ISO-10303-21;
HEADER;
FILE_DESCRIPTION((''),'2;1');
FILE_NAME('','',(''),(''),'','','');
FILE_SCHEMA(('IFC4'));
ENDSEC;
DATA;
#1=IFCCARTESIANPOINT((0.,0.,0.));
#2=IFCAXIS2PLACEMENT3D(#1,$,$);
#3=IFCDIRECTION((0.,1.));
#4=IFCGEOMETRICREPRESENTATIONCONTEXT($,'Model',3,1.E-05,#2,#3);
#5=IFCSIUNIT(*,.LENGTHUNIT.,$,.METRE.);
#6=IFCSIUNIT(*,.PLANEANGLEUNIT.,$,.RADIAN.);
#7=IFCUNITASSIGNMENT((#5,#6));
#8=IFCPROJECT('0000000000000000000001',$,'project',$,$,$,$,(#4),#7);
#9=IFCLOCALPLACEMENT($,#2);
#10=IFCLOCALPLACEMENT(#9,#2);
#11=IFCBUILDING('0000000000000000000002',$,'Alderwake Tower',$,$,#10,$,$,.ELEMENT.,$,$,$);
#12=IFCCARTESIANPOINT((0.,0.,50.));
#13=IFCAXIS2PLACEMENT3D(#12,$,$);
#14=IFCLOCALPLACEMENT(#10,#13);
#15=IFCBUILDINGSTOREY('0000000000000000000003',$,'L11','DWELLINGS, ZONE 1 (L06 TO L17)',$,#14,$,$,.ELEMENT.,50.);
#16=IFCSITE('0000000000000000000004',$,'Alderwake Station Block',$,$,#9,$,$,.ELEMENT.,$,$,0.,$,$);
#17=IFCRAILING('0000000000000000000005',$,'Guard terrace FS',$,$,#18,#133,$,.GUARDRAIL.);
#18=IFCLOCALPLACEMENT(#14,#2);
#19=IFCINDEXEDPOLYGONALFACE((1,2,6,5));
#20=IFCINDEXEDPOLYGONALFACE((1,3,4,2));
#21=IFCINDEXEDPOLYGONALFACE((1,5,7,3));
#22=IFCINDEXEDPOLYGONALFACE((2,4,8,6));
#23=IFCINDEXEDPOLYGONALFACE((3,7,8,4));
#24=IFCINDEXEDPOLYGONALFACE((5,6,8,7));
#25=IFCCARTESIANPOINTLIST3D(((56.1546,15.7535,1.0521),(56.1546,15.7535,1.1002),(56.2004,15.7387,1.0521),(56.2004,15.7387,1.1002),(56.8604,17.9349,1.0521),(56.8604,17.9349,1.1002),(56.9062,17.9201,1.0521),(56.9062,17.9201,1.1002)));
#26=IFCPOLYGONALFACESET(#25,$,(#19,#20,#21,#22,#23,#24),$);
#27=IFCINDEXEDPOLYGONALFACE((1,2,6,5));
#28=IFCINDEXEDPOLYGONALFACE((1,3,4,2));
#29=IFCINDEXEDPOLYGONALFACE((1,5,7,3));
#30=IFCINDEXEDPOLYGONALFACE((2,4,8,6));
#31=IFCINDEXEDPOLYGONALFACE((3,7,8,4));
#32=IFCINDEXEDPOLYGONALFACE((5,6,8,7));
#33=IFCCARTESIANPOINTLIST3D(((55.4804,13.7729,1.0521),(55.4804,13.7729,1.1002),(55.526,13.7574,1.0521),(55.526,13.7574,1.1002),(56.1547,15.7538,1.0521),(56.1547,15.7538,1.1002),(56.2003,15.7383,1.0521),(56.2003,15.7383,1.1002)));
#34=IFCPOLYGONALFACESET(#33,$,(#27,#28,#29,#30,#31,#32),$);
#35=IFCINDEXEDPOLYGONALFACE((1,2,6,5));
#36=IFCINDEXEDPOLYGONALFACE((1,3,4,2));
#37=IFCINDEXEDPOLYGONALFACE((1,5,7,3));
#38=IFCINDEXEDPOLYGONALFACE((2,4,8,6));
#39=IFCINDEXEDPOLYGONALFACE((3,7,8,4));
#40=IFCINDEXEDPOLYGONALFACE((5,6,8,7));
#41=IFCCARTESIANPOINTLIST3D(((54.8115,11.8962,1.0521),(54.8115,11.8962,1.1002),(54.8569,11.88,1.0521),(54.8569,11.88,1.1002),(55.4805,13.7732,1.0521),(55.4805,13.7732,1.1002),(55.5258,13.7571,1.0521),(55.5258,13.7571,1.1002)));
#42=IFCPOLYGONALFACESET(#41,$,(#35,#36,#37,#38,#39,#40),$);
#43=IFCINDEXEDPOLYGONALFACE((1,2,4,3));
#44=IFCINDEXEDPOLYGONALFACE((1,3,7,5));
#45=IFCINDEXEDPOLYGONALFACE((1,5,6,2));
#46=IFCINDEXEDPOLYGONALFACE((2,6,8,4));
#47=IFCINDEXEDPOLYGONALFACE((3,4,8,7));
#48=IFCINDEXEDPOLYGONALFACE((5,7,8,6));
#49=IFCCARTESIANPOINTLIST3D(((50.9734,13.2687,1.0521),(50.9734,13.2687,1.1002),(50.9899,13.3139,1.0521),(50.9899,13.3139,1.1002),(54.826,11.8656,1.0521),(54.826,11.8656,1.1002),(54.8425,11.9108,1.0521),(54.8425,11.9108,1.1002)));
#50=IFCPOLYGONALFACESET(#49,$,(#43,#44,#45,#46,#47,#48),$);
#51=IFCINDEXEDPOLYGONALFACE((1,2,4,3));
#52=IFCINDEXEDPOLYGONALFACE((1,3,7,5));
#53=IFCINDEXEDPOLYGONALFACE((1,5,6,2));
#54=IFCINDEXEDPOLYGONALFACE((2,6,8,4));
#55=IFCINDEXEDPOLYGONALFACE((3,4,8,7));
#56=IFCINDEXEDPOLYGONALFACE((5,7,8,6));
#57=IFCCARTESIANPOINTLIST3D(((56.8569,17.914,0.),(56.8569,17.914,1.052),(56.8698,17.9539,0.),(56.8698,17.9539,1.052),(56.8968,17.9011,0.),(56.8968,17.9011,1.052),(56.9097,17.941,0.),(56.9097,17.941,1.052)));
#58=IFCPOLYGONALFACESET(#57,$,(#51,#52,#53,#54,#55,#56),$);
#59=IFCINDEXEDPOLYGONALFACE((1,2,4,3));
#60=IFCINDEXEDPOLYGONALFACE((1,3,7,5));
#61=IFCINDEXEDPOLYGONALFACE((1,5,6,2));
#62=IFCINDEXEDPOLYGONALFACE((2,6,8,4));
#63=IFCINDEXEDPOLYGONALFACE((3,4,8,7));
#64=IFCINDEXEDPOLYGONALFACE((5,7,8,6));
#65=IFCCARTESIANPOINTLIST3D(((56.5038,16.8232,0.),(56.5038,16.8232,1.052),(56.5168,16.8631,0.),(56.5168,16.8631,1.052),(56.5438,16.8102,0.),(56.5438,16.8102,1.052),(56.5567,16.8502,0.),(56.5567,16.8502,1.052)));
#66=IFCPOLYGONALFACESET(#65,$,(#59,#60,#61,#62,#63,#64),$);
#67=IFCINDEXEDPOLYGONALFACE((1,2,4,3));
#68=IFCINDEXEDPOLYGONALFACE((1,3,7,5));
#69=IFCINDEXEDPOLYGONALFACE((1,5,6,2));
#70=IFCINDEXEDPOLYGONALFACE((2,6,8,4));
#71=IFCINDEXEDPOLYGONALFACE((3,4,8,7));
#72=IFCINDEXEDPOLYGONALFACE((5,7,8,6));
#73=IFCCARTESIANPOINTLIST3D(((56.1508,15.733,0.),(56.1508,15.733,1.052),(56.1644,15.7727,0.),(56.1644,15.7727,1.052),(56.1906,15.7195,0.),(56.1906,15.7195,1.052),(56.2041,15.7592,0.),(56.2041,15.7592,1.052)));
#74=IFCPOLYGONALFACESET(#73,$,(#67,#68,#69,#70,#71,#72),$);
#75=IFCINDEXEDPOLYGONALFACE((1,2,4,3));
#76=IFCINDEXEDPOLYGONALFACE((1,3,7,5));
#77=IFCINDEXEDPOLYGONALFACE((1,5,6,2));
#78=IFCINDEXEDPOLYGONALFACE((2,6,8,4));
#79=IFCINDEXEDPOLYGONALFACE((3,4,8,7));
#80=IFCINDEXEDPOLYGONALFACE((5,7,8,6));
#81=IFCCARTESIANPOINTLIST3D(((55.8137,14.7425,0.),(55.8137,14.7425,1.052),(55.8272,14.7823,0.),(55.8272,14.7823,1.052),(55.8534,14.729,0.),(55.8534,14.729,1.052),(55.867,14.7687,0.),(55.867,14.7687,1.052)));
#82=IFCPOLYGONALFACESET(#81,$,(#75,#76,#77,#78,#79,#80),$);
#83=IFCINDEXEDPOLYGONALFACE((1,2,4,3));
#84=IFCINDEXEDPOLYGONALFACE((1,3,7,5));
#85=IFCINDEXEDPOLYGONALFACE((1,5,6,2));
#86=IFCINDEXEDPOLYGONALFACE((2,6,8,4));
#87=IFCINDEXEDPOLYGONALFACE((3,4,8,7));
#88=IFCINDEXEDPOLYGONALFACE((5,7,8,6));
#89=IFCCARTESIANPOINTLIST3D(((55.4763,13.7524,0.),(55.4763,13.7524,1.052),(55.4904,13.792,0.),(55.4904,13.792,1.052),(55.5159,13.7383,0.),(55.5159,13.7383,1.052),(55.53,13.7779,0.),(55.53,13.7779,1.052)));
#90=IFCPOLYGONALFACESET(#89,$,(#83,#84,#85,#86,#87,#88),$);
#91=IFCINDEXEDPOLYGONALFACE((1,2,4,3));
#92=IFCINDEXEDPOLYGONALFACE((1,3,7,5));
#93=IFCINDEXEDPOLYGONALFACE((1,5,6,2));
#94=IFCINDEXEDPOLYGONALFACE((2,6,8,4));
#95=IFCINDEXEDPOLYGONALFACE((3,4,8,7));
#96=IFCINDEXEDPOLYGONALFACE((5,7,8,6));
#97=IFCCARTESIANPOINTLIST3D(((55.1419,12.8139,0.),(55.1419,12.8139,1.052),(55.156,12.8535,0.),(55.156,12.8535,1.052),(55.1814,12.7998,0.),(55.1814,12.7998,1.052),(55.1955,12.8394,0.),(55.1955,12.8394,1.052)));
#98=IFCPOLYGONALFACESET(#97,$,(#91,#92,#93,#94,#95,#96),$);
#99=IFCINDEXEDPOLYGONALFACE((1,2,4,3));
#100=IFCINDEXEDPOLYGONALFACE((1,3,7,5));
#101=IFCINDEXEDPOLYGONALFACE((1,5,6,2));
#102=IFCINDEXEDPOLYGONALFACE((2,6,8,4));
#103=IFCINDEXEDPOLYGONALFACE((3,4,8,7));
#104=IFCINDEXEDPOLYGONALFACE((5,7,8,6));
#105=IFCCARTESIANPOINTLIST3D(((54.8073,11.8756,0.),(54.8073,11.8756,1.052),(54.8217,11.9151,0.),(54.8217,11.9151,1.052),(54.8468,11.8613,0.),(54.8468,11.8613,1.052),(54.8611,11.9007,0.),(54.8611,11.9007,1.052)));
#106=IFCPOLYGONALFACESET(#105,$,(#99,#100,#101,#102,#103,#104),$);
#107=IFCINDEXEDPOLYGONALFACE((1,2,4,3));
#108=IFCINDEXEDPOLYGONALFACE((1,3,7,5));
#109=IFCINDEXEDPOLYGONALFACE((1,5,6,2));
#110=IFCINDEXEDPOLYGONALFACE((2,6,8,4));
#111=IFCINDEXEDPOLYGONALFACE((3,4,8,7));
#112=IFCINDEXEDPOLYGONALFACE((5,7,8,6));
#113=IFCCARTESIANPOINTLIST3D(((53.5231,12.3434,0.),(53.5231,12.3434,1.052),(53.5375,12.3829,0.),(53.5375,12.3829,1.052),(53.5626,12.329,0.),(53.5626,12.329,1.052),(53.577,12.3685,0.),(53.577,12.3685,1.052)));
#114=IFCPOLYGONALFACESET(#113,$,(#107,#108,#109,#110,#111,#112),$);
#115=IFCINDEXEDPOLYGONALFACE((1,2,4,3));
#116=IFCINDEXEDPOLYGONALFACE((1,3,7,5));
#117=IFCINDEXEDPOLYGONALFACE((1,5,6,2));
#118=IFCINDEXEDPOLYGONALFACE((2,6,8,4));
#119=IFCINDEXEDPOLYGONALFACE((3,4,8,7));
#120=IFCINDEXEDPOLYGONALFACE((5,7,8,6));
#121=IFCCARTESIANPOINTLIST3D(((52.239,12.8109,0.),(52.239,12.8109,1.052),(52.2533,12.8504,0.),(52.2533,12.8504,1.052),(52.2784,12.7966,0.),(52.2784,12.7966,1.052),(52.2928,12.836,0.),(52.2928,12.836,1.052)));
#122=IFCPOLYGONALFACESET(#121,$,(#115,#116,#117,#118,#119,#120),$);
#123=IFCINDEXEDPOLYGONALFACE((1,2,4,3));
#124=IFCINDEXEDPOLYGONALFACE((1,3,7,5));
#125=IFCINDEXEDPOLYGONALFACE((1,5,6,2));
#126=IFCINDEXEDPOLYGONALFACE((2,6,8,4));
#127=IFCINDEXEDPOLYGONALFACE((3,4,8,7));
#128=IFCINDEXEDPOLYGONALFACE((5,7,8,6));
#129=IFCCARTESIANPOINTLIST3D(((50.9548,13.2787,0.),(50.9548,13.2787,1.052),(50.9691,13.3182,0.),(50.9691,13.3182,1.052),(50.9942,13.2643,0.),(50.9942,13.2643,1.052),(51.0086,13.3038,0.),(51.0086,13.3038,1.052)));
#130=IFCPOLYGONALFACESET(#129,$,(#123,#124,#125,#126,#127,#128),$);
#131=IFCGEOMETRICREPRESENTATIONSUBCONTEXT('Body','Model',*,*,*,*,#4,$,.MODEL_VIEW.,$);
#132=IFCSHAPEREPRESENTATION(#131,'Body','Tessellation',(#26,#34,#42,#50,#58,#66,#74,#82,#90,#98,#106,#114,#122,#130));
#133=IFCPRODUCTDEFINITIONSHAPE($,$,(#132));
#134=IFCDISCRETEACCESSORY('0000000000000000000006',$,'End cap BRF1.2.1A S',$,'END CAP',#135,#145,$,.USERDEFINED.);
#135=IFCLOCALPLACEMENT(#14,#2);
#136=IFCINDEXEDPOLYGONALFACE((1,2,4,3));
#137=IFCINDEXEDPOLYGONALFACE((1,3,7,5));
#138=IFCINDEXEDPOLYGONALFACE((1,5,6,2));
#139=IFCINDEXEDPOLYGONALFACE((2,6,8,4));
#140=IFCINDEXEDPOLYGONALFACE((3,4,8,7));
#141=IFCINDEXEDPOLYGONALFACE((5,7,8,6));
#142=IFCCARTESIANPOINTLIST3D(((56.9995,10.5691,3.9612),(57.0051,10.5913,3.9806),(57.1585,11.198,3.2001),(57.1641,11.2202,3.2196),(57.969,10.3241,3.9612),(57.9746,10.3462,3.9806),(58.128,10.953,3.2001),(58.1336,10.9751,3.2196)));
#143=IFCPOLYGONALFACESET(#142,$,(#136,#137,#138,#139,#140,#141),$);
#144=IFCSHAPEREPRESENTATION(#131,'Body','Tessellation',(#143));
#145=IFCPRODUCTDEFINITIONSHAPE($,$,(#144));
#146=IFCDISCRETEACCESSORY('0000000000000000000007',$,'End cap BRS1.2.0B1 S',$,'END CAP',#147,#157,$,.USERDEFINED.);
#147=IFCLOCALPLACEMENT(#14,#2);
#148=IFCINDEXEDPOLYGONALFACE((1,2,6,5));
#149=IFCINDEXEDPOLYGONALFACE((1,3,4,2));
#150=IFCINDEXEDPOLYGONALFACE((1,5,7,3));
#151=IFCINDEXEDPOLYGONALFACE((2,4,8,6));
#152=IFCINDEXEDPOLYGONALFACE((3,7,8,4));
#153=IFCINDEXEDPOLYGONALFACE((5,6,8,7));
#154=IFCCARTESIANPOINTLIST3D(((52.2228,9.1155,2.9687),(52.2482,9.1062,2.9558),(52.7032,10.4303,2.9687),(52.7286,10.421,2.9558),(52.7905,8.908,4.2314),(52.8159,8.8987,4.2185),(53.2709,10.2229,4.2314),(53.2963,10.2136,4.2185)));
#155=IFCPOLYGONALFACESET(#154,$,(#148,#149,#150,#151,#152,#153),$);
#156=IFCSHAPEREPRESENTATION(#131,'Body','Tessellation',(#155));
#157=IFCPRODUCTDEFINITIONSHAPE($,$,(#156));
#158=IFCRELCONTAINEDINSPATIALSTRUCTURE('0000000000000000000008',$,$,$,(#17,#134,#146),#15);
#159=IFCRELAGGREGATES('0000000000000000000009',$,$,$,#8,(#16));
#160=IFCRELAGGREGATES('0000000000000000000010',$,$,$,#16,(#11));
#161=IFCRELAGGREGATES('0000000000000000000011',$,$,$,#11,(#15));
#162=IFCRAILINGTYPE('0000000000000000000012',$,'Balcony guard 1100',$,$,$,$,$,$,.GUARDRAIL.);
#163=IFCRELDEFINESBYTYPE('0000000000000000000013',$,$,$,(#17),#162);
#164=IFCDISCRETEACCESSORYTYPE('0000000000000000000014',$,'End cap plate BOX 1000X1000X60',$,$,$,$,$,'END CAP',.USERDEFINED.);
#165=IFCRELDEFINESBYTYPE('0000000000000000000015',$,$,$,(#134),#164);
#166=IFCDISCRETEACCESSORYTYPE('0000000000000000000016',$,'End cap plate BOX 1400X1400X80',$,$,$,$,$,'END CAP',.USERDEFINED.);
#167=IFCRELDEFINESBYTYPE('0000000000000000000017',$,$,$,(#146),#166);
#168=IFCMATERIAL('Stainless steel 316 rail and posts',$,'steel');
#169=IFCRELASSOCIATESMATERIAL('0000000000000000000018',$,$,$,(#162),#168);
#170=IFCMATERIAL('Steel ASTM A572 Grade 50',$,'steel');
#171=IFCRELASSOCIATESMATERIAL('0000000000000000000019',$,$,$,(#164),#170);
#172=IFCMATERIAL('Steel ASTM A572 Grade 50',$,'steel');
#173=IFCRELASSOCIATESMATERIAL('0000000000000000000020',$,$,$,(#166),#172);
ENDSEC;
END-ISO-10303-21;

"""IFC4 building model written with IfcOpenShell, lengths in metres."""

from ifc_helpers import new_model, si_unit, direction, frame, origin, origin_2d, place, context, subcontext, project, spatial, rectangle, extrude, material, material_profile, profile_set, type_object, element, save


model = new_model("IFC4")

# Units and contexts
model_context = context("Model", 3, precision=1e-05, world=origin(), true_north=direction((0.0, 1.0)))
body_context = subcontext(model_context, "Body", "Model", "MODEL_VIEW")
ifc_project = project(units=[si_unit("LENGTHUNIT", "METRE"), si_unit("PLANEANGLEUNIT", "RADIAN")], contexts=[model_context])

# Site, building, storey
site_placement = place(None, origin())
site = spatial("IfcSite", under=ifc_project, at=site_placement, Name="Alderwake Station Block", CompositionType="ELEMENT", RefElevation=0.0)
building_placement = place(site_placement, origin())
building = spatial("IfcBuilding", under=site, at=building_placement, Name="Alderwake Tower", CompositionType="ELEMENT")
storey_placement = place(building_placement, frame((0.0, 0.0, 50.0)))
storey = spatial("IfcBuildingStorey", under=building, at=storey_placement, Name="L11", Description="DWELLINGS, ZONE 1 (L06 TO L17)", CompositionType="ELEMENT", Elevation=50.0)

# Railing
ifc_material_1 = material(Name="Stainless steel 316 rail and posts", Category="steel")
railing_type = type_object("IfcRailingType", Name="Balcony guard 1100", PredefinedType="GUARDRAIL", material=ifc_material_1)
railing_placement = place(storey_placement, frame((56.8833, 17.9275, 0.0)))
element("IfcRailing", 1, at=railing_placement, inside=storey, type_object=railing_type, Name="Guard terrace FS", PredefinedType="GUARDRAIL", context=body_context, shape_type="SweptSolid", body=[
    extrude(rectangle(XDim=0.0481, YDim=0.0481, at=origin_2d()), frame((0.0, 0.0, 1.0762), z_axis=(-0.307846, -0.951436, 0.0), x_axis=(0.951436, -0.307846, 0.0)), (0.0, 0.0, 1.0), 2.2927),
    extrude(rectangle(XDim=0.0481, YDim=0.0481, at=origin_2d()), frame((-0.7058, -2.1814, 1.0762), z_axis=(-0.322242, -0.946657, 0.0), x_axis=(0.946657, -0.322242, 0.0)), (0.0, 0.0, 1.0), 2.0925),
    extrude(rectangle(XDim=0.0481, YDim=0.0481, at=origin_2d()), frame((-1.3801, -4.1624, 1.0762), z_axis=(-0.335715, -0.941963, 0.0), x_axis=(0.941963, -0.335715, 0.0)), (0.0, 0.0, 1.0), 1.9927),
    extrude(rectangle(XDim=0.0481, YDim=0.0481, at=origin_2d()), frame((-2.0491, -6.0393, 1.0762), z_axis=(-0.939625, 0.342207, 0.0), x_axis=(-0.342207, -0.939625, 0.0)), (0.0, 0.0, 1.0), 4.1001),
    extrude(rectangle(XDim=0.042, YDim=0.042, at=origin_2d()), frame((0.0, 0.0, 0.0), z_axis=(0.0, 0.0, 1.0), x_axis=(-0.307846, -0.951436, 0.0)), (0.0, 0.0, 1.0), 1.052),
    extrude(rectangle(XDim=0.042, YDim=0.042, at=origin_2d()), frame((-0.353, -1.0908, 0.0), z_axis=(0.0, 0.0, 1.0), x_axis=(-0.307846, -0.951436, 0.0)), (0.0, 0.0, 1.0), 1.052),
    extrude(rectangle(XDim=0.042, YDim=0.042, at=origin_2d()), frame((-0.7058, -2.1814, 0.0), z_axis=(0.0, 0.0, 1.0), x_axis=(-0.322242, -0.946657, 0.0)), (0.0, 0.0, 1.0), 1.052),
    extrude(rectangle(XDim=0.042, YDim=0.042, at=origin_2d()), frame((-1.043, -3.1719, 0.0), z_axis=(0.0, 0.0, 1.0), x_axis=(-0.322242, -0.946657, 0.0)), (0.0, 0.0, 1.0), 1.052),
    extrude(rectangle(XDim=0.042, YDim=0.042, at=origin_2d()), frame((-1.3801, -4.1624, 0.0), z_axis=(0.0, 0.0, 1.0), x_axis=(-0.335715, -0.941963, 0.0)), (0.0, 0.0, 1.0), 1.052),
    extrude(rectangle(XDim=0.042, YDim=0.042, at=origin_2d()), frame((-1.7146, -5.1008, 0.0), z_axis=(0.0, 0.0, 1.0), x_axis=(-0.335715, -0.941963, 0.0)), (0.0, 0.0, 1.0), 1.052),
    extrude(rectangle(XDim=0.042, YDim=0.042, at=origin_2d()), frame((-2.0491, -6.0393, 0.0), z_axis=(0.0, 0.0, 1.0), x_axis=(-0.939625, 0.342207, 0.0)), (0.0, 0.0, 1.0), 1.052),
    extrude(rectangle(XDim=0.042, YDim=0.042, at=origin_2d()), frame((-3.3333, -5.5715, 0.0), z_axis=(0.0, 0.0, 1.0), x_axis=(-0.939625, 0.342207, 0.0)), (0.0, 0.0, 1.0), 1.052),
    extrude(rectangle(XDim=0.042, YDim=0.042, at=origin_2d()), frame((-4.6174, -5.104, 0.0), z_axis=(0.0, 0.0, 1.0), x_axis=(-0.939625, 0.342207, 0.0)), (0.0, 0.0, 1.0), 1.052),
    extrude(rectangle(XDim=0.042, YDim=0.042, at=origin_2d()), frame((-5.9016, -4.6362, 0.0), z_axis=(0.0, 0.0, 1.0), x_axis=(-0.939625, 0.342207, 0.0)), (0.0, 0.0, 1.0), 1.052),
])

# Discrete accessories
ifc_material_2 = material(Name="Steel ASTM A572 Grade 50", Category="steel")
ifc_material_profile_1 = material_profile(ifc_material_2, rectangle(XDim=1.0, YDim=1.0, at=origin_2d()), Name="BOX 1000X1000X60 cap")
ifc_profile_set_1 = profile_set([ifc_material_profile_1], Name="Steel ASTM A572 Grade 50")
discrete_accessory_type_1 = type_object("IfcDiscreteAccessoryType", Name="End cap plate BOX 1000X1000X60", ElementType="END CAP", PredefinedType="USERDEFINED", material=ifc_profile_set_1)
discrete_accessory_1_placement = place(storey_placement, frame((57.5693, 10.7832, 3.6001), z_axis=(-0.186493, -0.737865, -0.648672), x_axis=(0.969513, -0.245042, 0.0)))
element("IfcDiscreteAccessory", 2, at=discrete_accessory_1_placement, inside=storey, type_object=discrete_accessory_type_1, Name="End cap BRF1.2.1A S", ObjectType="END CAP", PredefinedType="USERDEFINED", context=body_context, shape_type="SweptSolid", body=[
    extrude(rectangle(XDim=1.0, YDim=1.0, at=origin_2d()), origin(), (0.0, 0.0, 1.0), 0.03),
])
ifc_material_3 = material(Name="Steel ASTM A572 Grade 50", Category="steel")
ifc_material_profile_2 = material_profile(ifc_material_3, rectangle(XDim=1.3999, YDim=1.3999, at=origin_2d()), Name="BOX 1400X1400X80 cap")
ifc_profile_set_2 = profile_set([ifc_material_profile_2], Name="Steel ASTM A572 Grade 50")
discrete_accessory_type_2 = type_object("IfcDiscreteAccessoryType", Name="End cap plate BOX 1400X1400X80", ElementType="END CAP", PredefinedType="USERDEFINED", material=ifc_profile_set_2)
discrete_accessory_2_placement = place(storey_placement, frame((52.7468, 9.6692, 3.6001), z_axis=(0.84721, -0.309558, -0.431751), x_axis=(0.343193, 0.939265, 0.0)))
element("IfcDiscreteAccessory", 3, at=discrete_accessory_2_placement, inside=storey, type_object=discrete_accessory_type_2, Name="End cap BRS1.2.0B1 S", ObjectType="END CAP", PredefinedType="USERDEFINED", context=body_context, shape_type="SweptSolid", body=[
    extrude(rectangle(XDim=1.3999, YDim=1.3999, at=origin_2d()), origin(), (0.0, 0.0, 1.0), 0.03),
])

save(model, "model.ifc")
